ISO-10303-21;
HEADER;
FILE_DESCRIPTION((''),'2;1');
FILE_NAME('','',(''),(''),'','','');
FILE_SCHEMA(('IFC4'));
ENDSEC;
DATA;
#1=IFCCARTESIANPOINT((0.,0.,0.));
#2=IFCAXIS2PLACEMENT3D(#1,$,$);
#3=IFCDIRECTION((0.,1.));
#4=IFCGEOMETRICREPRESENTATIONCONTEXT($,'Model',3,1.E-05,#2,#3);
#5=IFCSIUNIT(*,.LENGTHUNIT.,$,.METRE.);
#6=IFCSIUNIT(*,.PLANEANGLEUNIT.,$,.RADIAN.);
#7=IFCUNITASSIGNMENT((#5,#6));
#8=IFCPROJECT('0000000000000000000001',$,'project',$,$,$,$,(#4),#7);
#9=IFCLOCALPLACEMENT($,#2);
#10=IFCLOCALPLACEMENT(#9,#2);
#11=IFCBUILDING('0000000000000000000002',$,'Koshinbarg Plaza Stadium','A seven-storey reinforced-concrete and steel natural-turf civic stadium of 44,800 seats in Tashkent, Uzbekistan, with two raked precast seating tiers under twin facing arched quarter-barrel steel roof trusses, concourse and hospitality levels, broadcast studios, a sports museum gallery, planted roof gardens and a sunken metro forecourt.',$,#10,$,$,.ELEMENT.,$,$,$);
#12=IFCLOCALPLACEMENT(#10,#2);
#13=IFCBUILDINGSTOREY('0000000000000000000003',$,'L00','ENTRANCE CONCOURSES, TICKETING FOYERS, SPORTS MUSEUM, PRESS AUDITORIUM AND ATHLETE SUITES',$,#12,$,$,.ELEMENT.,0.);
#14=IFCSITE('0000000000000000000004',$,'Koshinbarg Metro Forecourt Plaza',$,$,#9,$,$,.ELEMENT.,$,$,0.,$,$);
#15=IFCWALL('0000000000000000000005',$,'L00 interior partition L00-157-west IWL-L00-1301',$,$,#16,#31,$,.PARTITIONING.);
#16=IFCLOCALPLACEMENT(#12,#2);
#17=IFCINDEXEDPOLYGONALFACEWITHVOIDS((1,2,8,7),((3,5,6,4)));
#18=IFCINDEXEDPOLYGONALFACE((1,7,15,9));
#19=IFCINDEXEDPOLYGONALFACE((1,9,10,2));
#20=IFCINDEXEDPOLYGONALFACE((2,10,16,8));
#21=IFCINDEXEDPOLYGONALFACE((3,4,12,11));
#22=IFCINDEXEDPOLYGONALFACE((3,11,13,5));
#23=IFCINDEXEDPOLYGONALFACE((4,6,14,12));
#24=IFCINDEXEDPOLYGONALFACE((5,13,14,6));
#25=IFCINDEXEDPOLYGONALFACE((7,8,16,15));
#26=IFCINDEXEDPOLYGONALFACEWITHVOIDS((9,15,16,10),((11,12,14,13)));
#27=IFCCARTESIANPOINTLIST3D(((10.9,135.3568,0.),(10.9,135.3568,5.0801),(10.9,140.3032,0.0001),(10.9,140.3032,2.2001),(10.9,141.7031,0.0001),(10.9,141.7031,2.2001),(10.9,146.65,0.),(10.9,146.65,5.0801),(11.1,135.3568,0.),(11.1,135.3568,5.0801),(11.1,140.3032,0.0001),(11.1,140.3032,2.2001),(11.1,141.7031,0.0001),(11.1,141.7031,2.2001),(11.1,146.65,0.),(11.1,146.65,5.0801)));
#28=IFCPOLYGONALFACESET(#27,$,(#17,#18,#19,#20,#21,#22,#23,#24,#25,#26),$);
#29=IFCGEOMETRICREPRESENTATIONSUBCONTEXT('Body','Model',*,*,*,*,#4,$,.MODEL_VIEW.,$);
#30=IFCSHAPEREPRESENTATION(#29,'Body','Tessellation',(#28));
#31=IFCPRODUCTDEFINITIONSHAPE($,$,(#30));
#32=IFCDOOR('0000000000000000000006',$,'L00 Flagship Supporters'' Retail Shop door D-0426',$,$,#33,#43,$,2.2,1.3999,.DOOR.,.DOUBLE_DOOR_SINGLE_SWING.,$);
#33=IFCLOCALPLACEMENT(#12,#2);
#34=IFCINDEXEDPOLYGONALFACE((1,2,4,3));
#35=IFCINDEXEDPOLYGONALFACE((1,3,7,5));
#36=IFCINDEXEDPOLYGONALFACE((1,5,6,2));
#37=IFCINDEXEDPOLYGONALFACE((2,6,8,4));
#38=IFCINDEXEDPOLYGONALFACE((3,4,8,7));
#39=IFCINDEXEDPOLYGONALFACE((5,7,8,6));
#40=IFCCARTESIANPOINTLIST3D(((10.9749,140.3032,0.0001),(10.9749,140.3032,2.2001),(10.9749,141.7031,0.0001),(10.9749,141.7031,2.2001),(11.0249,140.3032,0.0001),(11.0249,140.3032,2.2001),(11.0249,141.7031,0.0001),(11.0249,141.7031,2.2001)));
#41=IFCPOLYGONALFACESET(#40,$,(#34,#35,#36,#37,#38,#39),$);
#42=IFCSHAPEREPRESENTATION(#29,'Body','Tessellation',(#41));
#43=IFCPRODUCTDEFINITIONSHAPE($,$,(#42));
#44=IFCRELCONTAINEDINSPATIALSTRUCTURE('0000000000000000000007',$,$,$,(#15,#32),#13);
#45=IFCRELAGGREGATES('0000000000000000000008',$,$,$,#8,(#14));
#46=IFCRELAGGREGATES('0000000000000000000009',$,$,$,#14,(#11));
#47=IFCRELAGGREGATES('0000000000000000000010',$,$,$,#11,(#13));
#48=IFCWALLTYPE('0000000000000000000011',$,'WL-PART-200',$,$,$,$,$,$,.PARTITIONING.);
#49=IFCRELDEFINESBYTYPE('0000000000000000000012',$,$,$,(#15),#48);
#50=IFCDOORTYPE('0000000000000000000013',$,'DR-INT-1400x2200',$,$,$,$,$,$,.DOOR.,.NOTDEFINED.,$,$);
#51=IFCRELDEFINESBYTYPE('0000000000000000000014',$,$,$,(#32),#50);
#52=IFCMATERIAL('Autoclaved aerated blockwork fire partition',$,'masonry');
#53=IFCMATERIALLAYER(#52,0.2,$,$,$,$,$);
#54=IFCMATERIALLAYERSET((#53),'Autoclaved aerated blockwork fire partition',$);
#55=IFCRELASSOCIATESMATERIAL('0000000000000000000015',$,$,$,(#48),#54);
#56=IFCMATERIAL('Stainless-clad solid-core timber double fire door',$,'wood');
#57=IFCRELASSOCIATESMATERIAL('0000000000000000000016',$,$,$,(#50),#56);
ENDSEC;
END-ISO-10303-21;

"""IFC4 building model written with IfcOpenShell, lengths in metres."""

from ifc_helpers import new_model, si_unit, direction, frame, frame_2d, origin, place, context, subcontext, project, spatial, rectangle, extrude, material, layer, layer_set, type_object, element, fill, save


model = new_model("IFC4")

# Units and contexts
model_context = context("Model", 3, precision=1e-05, world=origin(), true_north=direction((0.0, 1.0)))
body_context = subcontext(model_context, "Body", "Model", "MODEL_VIEW")
ifc_project = project(units=[si_unit("LENGTHUNIT", "METRE"), si_unit("PLANEANGLEUNIT", "RADIAN")], contexts=[model_context])

# Site, building, storey
site_placement = place(None, origin())
site = spatial("IfcSite", under=ifc_project, at=site_placement, Name="Koshinbarg Metro Forecourt Plaza", CompositionType="ELEMENT", RefElevation=0.0)
building_placement = place(site_placement, origin())
building = spatial("IfcBuilding", under=site, at=building_placement, Name="Koshinbarg Plaza Stadium", Description="A seven-storey reinforced-concrete and steel natural-turf civic stadium of 44,800 seats in Tashkent, Uzbekistan, with two raked precast seating tiers under twin facing arched quarter-barrel steel roof trusses, concourse and hospitality levels, broadcast studios, a sports museum gallery, planted roof gardens and a sunken metro forecourt.", CompositionType="ELEMENT")
storey_placement = place(building_placement, origin())
storey = spatial("IfcBuildingStorey", under=building, at=storey_placement, Name="L00", Description="ENTRANCE CONCOURSES, TICKETING FOYERS, SPORTS MUSEUM, PRESS AUDITORIUM AND ATHLETE SUITES", CompositionType="ELEMENT", Elevation=0.0)

# Shared definitions
ifc_material_1 = material(Name="Autoclaved aerated blockwork fire partition", Category="masonry")
ifc_layer_1 = layer(ifc_material_1, 0.2)
ifc_layer_set_1 = layer_set([ifc_layer_1], Name="Autoclaved aerated blockwork fire partition")
wall_type_1 = type_object("IfcWallType", Name="WL-PART-200", PredefinedType="PARTITIONING", material=ifc_layer_set_1)

# Wall, opening, door
wall_1_placement = place(storey_placement, frame((11.0, 146.6499, 0.0), z_axis=(0.0, 0.0, 1.0), x_axis=(0.0, -1.0, 0.0)))
wall_1 = element("IfcWall", 1, at=wall_1_placement, inside=storey, type_object=wall_type_1, Name="L00 interior partition L00-157-west IWL-L00-1301", PredefinedType="PARTITIONING", context=body_context, shape_type="SweptSolid", body=[
    extrude(rectangle(XDim=11.2932, YDim=0.2, at=frame_2d((5.6465, 0.0))), origin(), (0.0, 0.0, 1.0), 5.0801),
])
opening_1_placement = place(wall_1_placement, frame((4.9468, 0.0, 0.0)))
opening_1 = element("IfcOpeningElement", 2, at=opening_1_placement, cuts=wall_1, PredefinedType="OPENING", context=body_context, shape_type="SweptSolid", body=[
    extrude(rectangle(XDim=1.3999, YDim=2.2, at=frame_2d((0.7, 1.1001))), frame((0.0, 0.1099, 0.0), z_axis=(0.0, -1.0, 0.0), x_axis=(1.0, 0.0, 0.0)), (0.0, 0.0, 1.0), 0.22),
])
ifc_material_2 = material(Name="Stainless-clad solid-core timber double fire door", Category="wood")
door_type_1 = type_object("IfcDoorType", Name="DR-INT-1400x2200", OperationType="NOTDEFINED", PredefinedType="DOOR", material=ifc_material_2)
door_1_placement = place(opening_1_placement, origin())
door_1 = element("IfcDoor", 3, at=door_1_placement, inside=storey, type_object=door_type_1, Name="L00 Flagship Supporters' Retail Shop door D-0426", OperationType="DOUBLE_DOOR_SINGLE_SWING", OverallHeight=2.2, OverallWidth=1.3999, PredefinedType="DOOR", context=body_context, shape_type="SweptSolid", body=[
    extrude(rectangle(XDim=1.3999, YDim=2.2, at=frame_2d((0.7, 1.1001))), frame((0.0, 0.0249, 0.0), z_axis=(0.0, -1.0, 0.0), x_axis=(1.0, 0.0, 0.0)), (0.0, 0.0, 1.0), 0.05),
])
fill(opening_1, door_1)

save(model, "model.ifc")
